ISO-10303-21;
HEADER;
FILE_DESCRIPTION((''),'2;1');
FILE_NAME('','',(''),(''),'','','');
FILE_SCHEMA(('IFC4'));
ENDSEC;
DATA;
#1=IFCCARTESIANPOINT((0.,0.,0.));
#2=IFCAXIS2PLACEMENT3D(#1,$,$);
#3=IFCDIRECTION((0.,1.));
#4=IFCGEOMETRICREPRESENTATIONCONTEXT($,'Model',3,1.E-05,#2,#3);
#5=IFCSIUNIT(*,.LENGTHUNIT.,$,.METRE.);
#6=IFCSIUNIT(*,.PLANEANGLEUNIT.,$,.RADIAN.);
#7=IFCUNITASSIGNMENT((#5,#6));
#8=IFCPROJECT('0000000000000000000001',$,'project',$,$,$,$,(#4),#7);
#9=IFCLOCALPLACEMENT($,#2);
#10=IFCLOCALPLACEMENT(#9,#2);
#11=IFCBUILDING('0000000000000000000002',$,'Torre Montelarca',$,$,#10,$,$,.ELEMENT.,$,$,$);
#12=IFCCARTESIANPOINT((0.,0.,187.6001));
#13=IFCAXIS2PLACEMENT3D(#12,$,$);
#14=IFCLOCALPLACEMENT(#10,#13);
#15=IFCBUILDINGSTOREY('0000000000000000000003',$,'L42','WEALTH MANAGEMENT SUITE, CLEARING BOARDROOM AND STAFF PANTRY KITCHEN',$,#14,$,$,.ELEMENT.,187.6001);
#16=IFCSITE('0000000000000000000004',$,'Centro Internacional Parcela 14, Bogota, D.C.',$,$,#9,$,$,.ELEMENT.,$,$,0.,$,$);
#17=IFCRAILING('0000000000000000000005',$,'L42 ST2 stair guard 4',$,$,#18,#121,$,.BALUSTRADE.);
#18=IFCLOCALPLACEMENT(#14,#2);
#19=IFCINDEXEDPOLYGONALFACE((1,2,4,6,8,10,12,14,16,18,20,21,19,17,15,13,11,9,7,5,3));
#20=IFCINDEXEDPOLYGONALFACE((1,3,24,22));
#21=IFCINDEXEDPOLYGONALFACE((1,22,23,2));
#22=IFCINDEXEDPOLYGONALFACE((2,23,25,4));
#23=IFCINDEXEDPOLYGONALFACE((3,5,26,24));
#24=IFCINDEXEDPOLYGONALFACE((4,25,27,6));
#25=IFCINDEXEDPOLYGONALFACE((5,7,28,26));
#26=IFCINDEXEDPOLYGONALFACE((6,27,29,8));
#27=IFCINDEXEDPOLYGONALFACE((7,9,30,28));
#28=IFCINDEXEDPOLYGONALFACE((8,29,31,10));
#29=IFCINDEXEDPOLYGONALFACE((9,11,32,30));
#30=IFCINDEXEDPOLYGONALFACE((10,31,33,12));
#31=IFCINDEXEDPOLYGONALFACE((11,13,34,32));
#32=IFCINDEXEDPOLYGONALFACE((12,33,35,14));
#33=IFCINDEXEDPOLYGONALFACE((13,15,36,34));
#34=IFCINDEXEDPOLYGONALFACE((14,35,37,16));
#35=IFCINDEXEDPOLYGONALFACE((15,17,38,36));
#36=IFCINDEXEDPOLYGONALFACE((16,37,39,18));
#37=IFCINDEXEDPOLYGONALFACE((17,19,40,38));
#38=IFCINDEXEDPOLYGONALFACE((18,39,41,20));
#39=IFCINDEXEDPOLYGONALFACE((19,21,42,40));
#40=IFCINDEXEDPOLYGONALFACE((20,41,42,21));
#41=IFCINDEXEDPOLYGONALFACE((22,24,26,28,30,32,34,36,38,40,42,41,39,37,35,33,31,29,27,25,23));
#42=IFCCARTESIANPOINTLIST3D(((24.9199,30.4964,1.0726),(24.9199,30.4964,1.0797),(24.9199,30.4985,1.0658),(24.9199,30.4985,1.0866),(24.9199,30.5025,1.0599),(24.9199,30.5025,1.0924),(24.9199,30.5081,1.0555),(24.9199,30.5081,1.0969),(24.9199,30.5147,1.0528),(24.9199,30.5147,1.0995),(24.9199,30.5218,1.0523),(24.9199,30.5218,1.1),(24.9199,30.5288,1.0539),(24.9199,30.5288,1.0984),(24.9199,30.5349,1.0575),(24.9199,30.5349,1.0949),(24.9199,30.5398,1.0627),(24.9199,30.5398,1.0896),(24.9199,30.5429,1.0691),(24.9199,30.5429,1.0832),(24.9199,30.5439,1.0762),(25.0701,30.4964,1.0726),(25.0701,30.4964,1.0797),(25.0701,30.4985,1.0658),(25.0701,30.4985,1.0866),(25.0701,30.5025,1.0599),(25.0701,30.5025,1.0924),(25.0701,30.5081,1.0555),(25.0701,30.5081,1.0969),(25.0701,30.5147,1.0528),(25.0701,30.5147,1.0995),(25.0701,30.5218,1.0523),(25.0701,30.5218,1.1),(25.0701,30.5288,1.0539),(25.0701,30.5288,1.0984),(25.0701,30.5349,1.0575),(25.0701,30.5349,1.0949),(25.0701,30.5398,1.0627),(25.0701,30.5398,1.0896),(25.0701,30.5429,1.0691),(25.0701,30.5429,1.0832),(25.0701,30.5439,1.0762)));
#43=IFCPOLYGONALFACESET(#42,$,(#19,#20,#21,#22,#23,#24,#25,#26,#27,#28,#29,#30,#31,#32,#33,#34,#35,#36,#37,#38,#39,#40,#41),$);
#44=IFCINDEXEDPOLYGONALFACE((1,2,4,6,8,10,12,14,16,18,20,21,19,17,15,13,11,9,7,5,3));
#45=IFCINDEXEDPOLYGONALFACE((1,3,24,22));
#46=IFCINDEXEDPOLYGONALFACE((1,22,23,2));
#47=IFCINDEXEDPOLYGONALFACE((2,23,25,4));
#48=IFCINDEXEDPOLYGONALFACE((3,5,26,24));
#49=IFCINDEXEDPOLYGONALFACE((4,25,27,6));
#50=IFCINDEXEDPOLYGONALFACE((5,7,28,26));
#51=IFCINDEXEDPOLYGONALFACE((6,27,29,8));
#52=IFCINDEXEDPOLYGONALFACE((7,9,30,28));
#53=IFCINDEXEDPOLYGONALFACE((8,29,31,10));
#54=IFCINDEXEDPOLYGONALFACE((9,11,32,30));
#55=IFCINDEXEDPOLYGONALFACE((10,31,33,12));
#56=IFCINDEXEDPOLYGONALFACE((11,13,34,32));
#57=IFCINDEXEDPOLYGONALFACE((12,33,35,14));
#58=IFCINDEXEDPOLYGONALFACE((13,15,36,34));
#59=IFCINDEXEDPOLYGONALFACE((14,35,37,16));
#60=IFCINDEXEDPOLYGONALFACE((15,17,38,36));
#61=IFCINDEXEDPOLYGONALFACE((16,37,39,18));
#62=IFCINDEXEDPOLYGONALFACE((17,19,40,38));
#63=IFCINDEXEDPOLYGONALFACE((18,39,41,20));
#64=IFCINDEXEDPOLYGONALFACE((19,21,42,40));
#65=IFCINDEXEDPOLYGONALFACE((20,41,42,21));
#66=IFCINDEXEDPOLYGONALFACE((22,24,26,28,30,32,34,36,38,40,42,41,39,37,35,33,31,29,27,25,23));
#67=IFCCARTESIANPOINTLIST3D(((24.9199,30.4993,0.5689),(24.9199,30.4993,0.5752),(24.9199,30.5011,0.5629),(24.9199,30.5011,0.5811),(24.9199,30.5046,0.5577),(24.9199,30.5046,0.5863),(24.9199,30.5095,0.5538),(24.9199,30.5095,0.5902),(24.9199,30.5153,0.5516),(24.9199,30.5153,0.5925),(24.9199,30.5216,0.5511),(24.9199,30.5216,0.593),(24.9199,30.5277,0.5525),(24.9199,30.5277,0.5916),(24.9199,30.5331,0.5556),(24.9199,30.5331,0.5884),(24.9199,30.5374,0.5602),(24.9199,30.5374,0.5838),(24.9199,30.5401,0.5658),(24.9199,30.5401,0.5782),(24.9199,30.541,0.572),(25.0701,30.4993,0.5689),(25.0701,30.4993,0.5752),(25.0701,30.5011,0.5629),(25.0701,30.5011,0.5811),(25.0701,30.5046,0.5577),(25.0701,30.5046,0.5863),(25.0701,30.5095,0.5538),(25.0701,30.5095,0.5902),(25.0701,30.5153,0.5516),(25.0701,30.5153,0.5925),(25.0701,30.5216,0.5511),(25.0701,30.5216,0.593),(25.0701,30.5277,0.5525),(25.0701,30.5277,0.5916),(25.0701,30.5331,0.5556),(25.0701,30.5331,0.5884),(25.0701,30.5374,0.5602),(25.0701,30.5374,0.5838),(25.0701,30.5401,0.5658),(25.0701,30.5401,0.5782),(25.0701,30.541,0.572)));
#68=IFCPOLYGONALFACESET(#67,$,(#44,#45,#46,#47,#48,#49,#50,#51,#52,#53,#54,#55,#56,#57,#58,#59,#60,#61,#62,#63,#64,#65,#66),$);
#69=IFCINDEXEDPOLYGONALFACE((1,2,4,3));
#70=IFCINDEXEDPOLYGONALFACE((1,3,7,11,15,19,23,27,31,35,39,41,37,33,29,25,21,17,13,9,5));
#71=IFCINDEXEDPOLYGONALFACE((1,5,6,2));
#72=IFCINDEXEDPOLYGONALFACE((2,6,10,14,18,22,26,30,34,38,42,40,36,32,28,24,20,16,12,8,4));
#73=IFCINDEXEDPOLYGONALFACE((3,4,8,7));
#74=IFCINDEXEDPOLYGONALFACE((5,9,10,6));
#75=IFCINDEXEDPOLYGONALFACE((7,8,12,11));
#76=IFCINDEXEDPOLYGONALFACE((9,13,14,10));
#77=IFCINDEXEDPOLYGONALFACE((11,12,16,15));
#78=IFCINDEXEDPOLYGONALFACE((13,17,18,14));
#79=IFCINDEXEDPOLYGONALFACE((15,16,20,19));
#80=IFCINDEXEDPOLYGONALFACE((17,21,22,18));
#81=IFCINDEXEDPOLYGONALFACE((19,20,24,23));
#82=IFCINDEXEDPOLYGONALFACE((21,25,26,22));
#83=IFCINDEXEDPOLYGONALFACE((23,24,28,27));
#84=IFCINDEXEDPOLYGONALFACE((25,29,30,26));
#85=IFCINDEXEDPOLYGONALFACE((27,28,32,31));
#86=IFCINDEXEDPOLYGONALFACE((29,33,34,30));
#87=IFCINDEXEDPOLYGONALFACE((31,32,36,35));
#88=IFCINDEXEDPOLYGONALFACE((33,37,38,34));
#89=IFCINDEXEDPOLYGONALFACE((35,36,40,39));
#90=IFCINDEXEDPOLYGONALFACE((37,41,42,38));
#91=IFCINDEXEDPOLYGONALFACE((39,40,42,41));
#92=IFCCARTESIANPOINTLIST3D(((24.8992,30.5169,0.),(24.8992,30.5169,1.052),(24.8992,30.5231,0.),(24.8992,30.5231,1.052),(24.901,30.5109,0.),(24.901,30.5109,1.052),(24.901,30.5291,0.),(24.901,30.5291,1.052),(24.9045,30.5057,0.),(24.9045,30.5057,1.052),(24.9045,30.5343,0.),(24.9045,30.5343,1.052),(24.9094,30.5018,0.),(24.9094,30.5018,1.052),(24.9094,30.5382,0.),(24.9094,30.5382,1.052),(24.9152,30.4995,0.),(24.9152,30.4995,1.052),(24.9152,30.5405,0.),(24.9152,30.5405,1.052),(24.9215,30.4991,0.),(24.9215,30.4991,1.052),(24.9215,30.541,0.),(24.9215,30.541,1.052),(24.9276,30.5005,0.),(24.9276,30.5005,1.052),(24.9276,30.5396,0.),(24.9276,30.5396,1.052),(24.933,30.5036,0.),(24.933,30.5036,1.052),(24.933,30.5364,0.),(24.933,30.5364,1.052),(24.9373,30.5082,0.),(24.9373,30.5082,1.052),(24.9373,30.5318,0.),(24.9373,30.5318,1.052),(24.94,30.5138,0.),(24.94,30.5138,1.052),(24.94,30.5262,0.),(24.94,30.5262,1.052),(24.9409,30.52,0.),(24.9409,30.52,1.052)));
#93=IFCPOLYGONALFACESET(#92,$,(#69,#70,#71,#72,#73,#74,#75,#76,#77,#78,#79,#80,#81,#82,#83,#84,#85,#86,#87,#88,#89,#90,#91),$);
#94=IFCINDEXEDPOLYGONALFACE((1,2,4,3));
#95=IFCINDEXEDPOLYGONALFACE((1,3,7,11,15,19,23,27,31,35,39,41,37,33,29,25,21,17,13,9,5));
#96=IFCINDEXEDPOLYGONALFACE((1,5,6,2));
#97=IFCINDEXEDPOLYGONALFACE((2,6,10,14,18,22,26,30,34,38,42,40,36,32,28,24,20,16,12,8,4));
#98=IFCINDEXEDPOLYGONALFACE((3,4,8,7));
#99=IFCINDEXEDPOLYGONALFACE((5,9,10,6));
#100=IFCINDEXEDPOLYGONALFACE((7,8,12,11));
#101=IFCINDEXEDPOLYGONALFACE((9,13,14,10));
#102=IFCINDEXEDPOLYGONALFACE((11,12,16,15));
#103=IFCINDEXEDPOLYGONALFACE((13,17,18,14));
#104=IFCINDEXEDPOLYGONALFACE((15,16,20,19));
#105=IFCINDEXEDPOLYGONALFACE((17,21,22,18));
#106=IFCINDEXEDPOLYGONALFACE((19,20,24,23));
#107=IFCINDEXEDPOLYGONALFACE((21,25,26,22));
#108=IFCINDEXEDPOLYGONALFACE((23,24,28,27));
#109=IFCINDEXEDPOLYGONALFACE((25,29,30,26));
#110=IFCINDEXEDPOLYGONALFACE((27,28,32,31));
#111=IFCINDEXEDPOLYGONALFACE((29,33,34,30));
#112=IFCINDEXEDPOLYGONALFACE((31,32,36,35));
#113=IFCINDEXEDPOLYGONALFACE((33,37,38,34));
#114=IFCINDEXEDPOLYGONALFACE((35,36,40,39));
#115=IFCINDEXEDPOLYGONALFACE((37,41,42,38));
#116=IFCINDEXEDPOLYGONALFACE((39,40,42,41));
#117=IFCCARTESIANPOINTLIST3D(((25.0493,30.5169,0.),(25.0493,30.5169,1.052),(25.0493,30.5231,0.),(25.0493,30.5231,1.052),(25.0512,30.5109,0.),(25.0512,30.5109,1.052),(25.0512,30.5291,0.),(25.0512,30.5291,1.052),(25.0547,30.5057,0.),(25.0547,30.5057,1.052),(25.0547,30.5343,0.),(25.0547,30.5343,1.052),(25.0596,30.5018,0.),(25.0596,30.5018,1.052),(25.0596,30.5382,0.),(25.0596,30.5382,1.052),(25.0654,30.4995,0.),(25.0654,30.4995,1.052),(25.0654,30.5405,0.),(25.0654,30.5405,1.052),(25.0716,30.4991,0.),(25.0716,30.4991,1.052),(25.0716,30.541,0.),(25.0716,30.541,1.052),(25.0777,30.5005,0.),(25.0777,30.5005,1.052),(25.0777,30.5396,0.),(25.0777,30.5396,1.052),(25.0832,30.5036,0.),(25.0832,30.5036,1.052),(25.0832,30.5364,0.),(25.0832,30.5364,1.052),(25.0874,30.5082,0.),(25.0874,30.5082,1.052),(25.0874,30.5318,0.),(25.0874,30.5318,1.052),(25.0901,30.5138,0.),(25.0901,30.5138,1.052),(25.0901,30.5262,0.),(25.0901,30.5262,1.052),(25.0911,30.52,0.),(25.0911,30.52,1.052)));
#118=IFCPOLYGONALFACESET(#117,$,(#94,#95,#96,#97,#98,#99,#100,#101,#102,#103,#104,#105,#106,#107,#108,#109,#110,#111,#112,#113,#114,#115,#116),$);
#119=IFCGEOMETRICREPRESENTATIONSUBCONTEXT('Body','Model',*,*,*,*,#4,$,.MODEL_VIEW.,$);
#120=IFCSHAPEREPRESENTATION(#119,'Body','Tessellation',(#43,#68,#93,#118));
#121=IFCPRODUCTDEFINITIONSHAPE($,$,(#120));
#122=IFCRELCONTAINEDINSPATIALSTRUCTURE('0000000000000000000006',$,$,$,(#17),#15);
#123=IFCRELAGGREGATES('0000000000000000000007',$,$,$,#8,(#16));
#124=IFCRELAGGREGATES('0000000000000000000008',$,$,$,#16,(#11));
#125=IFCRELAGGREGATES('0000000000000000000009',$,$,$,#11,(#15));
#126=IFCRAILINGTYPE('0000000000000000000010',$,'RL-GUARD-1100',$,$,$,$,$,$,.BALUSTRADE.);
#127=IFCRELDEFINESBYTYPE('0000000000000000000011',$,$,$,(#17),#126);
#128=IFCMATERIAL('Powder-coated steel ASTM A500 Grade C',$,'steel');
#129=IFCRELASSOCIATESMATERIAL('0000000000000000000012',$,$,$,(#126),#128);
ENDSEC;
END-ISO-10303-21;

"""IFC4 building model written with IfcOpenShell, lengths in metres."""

from ifc_helpers import new_model, si_unit, direction, frame, origin, origin_2d, place, context, subcontext, project, spatial, circle, extrude, material, type_object, element, save


model = new_model("IFC4")

# Units and contexts
model_context = context("Model", 3, precision=1e-05, world=origin(), true_north=direction((0.0, 1.0)))
body_context = subcontext(model_context, "Body", "Model", "MODEL_VIEW")
ifc_project = project(units=[si_unit("LENGTHUNIT", "METRE"), si_unit("PLANEANGLEUNIT", "RADIAN")], contexts=[model_context])

# Site, building, storey
site_placement = place(None, origin())
site = spatial("IfcSite", under=ifc_project, at=site_placement, Name="Centro Internacional Parcela 14, Bogota, D.C.", CompositionType="ELEMENT", RefElevation=0.0)
building_placement = place(site_placement, origin())
building = spatial("IfcBuilding", under=site, at=building_placement, Name="Torre Montelarca", CompositionType="ELEMENT")
storey_placement = place(building_placement, frame((0.0, 0.0, 187.6001)))
storey = spatial("IfcBuildingStorey", under=building, at=storey_placement, Name="L42", Description="WEALTH MANAGEMENT SUITE, CLEARING BOARDROOM AND STAFF PANTRY KITCHEN", CompositionType="ELEMENT", Elevation=187.6001)

# Railing
ifc_material_1 = material(Name="Powder-coated steel ASTM A500 Grade C", Category="steel")
railing_type_1 = type_object("IfcRailingType", Name="RL-GUARD-1100", PredefinedType="BALUSTRADE", material=ifc_material_1)
railing_1_placement = place(storey_placement, frame((24.9199, 30.52, 0.0)))
element("IfcRailing", 1, at=railing_1_placement, inside=storey, type_object=railing_type_1, Name="L42 ST2 stair guard 4", PredefinedType="BALUSTRADE", context=body_context, shape_type="SweptSolid", body=[
    extrude(circle(Radius=0.0239, at=origin_2d()), frame((0.0, 0.0, 1.0762), z_axis=(1.0, 0.0, 0.0), x_axis=(0.0, 1.0, 0.0)), (0.0, 0.0, 1.0), 0.1501),
    extrude(circle(Radius=0.021, at=origin_2d()), frame((0.0, 0.0, 0.572), z_axis=(1.0, 0.0, 0.0), x_axis=(0.0, 1.0, 0.0)), (0.0, 0.0, 1.0), 0.1501),
    extrude(circle(Radius=0.021, at=origin_2d()), origin(), (0.0, 0.0, 1.0), 1.052),
    extrude(circle(Radius=0.021, at=origin_2d()), frame((0.1501, 0.0, 0.0)), (0.0, 0.0, 1.0), 1.052),
])

save(model, "model.ifc")
